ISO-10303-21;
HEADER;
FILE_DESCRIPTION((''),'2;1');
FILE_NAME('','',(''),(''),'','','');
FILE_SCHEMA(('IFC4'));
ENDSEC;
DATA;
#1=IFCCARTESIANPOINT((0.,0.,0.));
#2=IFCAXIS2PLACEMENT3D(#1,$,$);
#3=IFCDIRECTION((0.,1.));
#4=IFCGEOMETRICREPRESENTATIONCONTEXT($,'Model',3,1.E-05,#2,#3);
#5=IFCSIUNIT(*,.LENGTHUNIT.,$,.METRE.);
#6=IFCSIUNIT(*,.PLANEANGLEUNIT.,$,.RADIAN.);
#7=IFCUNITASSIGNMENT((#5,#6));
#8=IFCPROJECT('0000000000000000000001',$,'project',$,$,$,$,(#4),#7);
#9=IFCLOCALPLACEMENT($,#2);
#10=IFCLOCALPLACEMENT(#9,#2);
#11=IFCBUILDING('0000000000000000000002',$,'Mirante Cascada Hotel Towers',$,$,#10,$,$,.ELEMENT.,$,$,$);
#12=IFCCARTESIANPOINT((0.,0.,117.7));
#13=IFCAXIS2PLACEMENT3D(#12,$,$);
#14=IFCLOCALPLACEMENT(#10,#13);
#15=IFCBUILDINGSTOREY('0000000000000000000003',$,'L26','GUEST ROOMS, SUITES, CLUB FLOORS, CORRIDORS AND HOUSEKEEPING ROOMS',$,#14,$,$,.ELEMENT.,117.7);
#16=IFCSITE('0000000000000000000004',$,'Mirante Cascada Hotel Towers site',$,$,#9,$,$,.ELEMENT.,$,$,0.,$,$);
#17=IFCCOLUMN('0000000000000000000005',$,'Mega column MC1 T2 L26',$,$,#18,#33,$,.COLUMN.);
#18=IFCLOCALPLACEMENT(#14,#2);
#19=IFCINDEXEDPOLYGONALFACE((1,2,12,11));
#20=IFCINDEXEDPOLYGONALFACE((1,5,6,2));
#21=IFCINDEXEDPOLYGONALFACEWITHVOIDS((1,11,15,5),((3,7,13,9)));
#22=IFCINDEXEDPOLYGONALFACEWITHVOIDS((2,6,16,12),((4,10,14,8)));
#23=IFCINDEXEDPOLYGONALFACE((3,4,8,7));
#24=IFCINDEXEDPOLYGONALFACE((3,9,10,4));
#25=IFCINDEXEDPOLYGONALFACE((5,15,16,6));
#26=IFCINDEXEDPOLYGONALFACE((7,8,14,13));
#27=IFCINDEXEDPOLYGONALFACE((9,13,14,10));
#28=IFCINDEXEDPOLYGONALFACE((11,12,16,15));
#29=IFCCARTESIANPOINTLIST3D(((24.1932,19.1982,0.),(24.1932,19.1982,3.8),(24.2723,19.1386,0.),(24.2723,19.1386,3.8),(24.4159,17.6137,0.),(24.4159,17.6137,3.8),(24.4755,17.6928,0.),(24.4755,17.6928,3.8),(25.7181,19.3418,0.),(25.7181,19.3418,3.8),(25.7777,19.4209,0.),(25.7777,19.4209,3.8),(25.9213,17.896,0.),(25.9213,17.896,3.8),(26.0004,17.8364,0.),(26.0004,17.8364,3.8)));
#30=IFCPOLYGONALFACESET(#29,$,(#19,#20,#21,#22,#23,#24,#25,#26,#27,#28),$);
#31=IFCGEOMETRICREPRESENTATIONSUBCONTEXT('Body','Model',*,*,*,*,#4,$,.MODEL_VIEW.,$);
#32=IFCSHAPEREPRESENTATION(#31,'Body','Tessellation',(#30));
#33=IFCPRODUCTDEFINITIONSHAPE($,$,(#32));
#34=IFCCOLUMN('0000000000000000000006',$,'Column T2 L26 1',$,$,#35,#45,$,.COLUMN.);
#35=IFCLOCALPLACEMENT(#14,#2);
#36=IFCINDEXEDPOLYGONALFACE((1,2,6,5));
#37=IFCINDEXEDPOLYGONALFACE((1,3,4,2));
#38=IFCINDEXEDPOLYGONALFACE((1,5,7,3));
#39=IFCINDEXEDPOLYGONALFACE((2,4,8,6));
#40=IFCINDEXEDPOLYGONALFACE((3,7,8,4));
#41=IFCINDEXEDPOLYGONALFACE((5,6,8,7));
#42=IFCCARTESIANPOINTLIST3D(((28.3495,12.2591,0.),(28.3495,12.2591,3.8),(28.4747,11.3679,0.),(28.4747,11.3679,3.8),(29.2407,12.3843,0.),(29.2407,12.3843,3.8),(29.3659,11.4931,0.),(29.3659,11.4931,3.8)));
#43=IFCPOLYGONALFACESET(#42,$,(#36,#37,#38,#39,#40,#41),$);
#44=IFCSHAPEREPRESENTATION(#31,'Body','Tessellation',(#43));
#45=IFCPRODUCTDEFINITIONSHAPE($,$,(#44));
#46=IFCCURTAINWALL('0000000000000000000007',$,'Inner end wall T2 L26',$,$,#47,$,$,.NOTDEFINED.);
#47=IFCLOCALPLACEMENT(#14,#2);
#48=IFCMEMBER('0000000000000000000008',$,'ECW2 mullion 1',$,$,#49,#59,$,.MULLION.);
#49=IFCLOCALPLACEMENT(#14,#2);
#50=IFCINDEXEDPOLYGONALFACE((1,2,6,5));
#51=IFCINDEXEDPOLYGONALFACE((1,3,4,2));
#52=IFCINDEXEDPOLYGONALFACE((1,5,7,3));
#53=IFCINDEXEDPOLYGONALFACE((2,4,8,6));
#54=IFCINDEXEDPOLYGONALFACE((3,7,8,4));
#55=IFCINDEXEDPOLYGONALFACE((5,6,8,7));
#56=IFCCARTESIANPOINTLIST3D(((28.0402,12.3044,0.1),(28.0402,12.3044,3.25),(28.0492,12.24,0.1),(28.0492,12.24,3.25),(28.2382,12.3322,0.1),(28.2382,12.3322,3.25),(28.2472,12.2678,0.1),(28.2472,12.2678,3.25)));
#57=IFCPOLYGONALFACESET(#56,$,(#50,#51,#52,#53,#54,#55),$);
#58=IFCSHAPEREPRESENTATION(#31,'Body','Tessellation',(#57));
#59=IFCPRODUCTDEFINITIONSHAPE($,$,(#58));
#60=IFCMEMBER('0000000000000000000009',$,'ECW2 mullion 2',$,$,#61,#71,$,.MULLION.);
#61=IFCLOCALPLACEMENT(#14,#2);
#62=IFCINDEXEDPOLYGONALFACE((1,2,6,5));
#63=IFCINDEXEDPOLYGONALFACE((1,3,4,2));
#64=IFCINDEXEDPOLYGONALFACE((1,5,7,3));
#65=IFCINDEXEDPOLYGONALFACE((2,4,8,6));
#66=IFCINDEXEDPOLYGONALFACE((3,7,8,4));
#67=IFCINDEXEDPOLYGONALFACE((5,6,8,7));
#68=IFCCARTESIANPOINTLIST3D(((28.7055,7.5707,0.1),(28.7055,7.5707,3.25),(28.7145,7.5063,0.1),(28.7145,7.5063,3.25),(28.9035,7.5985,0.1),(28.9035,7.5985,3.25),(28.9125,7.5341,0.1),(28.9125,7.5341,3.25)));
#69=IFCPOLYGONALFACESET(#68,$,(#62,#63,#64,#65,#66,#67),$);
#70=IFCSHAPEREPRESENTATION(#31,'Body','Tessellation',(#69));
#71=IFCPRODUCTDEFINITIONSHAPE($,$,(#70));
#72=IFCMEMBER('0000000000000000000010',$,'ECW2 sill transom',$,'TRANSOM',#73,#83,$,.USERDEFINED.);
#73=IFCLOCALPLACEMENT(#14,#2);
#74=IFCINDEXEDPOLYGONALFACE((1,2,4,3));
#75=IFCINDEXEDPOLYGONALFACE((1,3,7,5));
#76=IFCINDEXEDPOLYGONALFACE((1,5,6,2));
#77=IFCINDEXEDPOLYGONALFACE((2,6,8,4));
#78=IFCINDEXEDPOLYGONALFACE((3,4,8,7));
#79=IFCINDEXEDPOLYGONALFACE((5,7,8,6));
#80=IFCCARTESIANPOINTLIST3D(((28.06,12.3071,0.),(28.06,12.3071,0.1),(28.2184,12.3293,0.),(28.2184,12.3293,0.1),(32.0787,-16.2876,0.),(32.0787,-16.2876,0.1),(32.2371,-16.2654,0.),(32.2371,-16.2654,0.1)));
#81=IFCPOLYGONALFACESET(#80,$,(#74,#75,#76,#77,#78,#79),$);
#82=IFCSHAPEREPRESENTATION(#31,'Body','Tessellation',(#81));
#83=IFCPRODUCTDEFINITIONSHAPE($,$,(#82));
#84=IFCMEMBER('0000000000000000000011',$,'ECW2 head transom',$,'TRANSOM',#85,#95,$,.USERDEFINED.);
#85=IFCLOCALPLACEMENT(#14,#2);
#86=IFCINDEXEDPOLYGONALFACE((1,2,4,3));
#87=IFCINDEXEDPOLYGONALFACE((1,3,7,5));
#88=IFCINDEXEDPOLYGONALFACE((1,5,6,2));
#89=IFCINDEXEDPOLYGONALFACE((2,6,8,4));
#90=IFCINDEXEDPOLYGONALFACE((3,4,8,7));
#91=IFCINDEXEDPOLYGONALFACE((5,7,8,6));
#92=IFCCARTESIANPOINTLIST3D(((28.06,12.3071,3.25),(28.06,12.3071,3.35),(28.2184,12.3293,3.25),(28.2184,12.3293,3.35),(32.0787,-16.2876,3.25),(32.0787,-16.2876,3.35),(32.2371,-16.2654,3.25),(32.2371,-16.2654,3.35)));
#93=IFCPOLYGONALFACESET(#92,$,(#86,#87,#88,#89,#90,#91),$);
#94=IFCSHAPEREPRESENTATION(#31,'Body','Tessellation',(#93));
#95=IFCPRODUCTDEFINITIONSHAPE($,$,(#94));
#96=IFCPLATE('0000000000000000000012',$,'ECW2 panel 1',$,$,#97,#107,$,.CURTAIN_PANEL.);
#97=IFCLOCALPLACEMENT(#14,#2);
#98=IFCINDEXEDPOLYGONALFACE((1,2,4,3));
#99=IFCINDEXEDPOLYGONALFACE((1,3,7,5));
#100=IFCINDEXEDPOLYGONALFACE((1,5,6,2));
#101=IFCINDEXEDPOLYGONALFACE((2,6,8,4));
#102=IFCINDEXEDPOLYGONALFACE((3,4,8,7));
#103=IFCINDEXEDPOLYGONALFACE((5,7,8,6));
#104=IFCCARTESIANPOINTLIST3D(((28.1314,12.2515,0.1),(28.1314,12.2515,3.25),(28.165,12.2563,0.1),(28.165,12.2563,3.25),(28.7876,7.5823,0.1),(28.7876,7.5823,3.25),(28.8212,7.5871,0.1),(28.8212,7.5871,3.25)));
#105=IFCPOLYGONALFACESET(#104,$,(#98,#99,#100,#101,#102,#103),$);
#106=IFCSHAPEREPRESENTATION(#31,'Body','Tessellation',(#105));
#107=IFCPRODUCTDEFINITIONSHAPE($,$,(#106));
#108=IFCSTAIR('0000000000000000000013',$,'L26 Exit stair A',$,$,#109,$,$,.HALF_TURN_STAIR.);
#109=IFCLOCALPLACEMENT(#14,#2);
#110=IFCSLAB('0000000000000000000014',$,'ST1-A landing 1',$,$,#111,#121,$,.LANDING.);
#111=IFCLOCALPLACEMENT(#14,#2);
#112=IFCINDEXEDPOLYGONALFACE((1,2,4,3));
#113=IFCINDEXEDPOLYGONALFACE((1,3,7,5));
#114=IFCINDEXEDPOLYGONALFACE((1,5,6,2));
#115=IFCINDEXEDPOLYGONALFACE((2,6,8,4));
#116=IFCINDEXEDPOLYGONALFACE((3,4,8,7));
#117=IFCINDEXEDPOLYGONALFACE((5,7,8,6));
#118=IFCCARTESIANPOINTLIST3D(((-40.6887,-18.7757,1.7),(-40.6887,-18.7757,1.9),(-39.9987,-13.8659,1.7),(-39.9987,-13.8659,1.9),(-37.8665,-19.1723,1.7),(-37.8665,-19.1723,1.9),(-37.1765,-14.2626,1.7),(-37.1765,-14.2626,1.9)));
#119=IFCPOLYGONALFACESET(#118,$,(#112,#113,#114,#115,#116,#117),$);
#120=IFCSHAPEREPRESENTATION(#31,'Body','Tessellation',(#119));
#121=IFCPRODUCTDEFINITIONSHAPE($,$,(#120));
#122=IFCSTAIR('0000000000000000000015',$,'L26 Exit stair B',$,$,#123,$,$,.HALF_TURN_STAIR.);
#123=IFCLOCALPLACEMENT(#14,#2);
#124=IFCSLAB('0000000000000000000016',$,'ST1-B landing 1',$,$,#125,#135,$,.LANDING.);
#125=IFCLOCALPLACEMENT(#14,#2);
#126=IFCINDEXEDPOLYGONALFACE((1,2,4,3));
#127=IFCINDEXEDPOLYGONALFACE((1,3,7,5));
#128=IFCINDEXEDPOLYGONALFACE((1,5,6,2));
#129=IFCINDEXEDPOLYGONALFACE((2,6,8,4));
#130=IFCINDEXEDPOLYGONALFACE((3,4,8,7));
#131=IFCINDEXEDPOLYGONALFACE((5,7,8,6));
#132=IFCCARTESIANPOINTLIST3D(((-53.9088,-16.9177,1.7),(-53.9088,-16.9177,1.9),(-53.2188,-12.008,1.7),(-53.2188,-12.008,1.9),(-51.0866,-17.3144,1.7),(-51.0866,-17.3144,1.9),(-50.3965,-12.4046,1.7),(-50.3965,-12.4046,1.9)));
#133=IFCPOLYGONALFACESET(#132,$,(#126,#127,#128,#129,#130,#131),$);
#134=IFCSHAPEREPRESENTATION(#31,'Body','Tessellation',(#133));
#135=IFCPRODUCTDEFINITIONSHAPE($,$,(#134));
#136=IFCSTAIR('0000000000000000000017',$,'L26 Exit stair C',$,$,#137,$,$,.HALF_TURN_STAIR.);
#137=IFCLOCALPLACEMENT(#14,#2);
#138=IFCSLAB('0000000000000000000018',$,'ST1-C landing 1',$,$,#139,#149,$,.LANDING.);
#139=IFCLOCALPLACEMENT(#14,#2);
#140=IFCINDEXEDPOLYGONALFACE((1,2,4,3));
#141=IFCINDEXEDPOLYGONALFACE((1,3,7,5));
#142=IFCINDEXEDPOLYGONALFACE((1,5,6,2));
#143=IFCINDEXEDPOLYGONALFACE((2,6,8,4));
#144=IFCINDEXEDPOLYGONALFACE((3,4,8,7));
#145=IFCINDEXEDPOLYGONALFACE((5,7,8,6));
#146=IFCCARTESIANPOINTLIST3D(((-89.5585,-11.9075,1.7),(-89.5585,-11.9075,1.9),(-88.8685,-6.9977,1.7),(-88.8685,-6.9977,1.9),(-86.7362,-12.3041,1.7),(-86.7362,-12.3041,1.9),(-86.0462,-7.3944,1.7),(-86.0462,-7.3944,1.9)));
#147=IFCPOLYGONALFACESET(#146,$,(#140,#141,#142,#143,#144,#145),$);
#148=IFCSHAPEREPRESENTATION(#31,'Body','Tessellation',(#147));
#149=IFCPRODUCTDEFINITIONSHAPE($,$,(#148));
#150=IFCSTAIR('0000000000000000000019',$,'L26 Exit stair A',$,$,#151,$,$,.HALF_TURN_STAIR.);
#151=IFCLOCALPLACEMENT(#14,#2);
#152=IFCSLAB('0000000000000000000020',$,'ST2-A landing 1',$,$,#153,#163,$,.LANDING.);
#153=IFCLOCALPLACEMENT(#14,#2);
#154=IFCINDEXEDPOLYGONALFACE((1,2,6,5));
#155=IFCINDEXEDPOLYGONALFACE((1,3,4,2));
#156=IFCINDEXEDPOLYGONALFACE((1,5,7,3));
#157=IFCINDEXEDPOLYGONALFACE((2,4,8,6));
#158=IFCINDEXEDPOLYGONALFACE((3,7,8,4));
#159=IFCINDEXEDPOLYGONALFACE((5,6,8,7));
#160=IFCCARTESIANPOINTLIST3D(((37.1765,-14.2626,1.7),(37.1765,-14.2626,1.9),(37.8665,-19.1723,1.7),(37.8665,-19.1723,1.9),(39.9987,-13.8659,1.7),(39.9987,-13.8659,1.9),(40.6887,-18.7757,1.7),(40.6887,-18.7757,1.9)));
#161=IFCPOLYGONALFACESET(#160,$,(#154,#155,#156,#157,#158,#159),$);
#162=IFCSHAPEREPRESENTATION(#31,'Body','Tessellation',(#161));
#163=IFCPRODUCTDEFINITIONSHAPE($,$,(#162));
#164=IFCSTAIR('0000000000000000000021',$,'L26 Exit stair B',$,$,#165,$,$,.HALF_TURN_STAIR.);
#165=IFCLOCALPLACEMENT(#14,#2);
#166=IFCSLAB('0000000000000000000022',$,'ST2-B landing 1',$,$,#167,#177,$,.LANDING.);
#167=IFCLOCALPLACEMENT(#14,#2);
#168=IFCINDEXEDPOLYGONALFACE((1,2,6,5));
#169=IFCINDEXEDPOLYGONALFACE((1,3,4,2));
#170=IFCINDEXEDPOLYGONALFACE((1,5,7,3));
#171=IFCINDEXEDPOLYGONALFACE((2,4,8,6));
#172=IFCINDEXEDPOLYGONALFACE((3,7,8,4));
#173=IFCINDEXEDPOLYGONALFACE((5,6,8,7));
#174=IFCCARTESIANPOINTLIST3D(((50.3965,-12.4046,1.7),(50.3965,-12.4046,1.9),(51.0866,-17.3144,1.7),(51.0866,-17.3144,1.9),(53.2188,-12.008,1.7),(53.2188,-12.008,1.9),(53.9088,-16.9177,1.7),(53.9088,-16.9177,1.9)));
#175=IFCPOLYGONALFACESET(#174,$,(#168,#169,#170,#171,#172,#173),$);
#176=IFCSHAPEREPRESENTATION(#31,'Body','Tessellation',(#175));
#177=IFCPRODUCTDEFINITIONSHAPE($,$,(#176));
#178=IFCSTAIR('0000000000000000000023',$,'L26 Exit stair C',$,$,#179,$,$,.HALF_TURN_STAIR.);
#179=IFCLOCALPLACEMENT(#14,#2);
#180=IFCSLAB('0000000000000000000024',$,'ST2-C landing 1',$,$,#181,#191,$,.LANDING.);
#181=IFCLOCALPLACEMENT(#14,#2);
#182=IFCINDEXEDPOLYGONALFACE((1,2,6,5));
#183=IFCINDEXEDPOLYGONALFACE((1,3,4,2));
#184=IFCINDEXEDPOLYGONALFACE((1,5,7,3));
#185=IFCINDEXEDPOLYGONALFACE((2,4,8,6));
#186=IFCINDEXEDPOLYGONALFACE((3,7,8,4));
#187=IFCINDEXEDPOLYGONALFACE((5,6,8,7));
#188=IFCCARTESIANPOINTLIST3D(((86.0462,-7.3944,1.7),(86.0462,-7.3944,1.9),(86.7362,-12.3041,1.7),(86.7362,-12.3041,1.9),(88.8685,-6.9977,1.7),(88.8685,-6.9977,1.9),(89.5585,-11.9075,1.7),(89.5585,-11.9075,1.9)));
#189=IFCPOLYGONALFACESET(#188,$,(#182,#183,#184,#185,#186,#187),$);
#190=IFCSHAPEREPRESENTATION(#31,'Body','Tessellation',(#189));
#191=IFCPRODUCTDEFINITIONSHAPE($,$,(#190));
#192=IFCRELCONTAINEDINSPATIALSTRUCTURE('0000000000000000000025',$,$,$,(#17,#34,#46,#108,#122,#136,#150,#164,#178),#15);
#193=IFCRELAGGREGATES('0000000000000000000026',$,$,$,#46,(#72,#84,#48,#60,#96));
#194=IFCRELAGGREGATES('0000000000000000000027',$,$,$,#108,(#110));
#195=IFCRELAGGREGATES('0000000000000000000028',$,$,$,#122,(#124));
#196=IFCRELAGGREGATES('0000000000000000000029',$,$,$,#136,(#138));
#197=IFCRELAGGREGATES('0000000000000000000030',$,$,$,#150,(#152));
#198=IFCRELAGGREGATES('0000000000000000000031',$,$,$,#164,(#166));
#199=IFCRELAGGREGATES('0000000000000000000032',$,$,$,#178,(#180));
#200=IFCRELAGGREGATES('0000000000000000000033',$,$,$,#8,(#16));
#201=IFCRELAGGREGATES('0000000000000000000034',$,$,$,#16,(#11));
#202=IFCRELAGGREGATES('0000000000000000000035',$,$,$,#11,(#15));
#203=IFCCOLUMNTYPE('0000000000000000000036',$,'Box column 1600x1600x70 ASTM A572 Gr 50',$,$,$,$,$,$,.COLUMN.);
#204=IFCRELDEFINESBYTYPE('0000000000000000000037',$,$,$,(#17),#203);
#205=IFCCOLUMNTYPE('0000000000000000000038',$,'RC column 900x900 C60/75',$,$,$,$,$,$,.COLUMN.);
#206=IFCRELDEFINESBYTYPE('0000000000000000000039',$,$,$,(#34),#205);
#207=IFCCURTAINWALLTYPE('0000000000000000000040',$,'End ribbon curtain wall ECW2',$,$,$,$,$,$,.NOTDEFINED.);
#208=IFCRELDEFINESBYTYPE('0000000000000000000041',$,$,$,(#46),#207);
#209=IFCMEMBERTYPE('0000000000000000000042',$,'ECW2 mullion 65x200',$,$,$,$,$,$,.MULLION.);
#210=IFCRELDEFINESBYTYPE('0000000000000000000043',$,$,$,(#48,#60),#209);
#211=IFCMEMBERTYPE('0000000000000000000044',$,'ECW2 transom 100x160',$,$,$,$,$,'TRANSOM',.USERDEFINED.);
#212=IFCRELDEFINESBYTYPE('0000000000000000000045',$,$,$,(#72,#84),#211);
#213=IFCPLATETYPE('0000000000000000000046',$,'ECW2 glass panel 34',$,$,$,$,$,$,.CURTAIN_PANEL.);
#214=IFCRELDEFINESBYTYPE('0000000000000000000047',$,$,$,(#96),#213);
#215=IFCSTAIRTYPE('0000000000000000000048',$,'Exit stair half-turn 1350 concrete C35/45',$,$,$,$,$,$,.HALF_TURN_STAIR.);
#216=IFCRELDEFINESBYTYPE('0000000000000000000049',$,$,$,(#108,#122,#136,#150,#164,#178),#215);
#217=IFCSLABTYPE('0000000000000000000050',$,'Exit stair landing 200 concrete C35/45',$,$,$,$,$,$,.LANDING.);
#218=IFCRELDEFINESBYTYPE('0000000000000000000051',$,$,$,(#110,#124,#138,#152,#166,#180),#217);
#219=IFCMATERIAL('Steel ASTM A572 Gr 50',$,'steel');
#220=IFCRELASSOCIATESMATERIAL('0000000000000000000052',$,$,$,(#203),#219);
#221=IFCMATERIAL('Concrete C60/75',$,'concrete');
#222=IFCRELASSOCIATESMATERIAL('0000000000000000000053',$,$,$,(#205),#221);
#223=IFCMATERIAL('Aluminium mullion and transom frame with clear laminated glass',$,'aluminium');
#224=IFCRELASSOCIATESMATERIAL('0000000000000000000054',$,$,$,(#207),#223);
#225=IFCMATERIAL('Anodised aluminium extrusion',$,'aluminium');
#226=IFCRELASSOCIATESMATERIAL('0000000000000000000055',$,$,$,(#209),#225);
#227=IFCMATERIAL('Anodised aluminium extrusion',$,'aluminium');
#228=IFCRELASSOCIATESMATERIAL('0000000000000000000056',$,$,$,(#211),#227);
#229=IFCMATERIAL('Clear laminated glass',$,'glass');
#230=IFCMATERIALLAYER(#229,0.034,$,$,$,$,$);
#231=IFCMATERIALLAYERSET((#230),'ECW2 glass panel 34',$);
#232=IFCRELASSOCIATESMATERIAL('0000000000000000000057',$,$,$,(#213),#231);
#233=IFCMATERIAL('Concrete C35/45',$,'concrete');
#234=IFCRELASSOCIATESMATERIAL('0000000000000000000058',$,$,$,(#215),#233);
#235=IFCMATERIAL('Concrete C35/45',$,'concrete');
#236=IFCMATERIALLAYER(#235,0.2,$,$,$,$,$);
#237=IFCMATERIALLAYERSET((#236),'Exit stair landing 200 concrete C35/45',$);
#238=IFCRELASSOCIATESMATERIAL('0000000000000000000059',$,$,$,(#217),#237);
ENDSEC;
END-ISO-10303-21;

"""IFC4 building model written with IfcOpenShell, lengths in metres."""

from ifc_helpers import new_model, si_unit, direction, frame, origin, origin_2d, place, context, subcontext, project, spatial, polyline, rectangle, hollow_rectangle, outline, extrude, material, layer, layer_set, material_profile, profile_set, type_object, element, aggregate, save


model = new_model("IFC4")

# Units and contexts
model_context = context("Model", 3, precision=1e-05, world=origin(), true_north=direction((0.0, 1.0)))
body_context = subcontext(model_context, "Body", "Model", "MODEL_VIEW")
ifc_project = project(units=[si_unit("LENGTHUNIT", "METRE"), si_unit("PLANEANGLEUNIT", "RADIAN")], contexts=[model_context])

# Site, building, storey
site_placement = place(None, origin())
site = spatial("IfcSite", under=ifc_project, at=site_placement, Name="Mirante Cascada Hotel Towers site", CompositionType="ELEMENT", RefElevation=0.0)
building_placement = place(site_placement, origin())
building = spatial("IfcBuilding", under=site, at=building_placement, Name="Mirante Cascada Hotel Towers", CompositionType="ELEMENT")
storey_placement = place(building_placement, frame((0.0, 0.0, 117.7)))
storey = spatial("IfcBuildingStorey", under=building, at=storey_placement, Name="L26", Description="GUEST ROOMS, SUITES, CLUB FLOORS, CORRIDORS AND HOUSEKEEPING ROOMS", CompositionType="ELEMENT", Elevation=117.7)

# Columns
ifc_material_1 = material(Name="Steel ASTM A572 Gr 50", Category="steel")
ifc_material_profile_1 = material_profile(ifc_material_1, hollow_rectangle(XDim=1.6, YDim=1.6, WallThickness=0.07, at=origin_2d()), Name="Box column 1600x1600x70 ASTM A572 Gr 50")
ifc_profile_set_1 = profile_set([ifc_material_profile_1], Name="Steel ASTM A572 Gr 50")
column_type_1 = type_object("IfcColumnType", Name="Box column 1600x1600x70 ASTM A572 Gr 50", PredefinedType="COLUMN", material=ifc_profile_set_1)
column_1_placement = place(storey_placement, frame((25.0968, 18.5173, 0.0), z_axis=(0.0, 0.0, 1.0), x_axis=(0.990268, 0.139173, 0.0)))
element("IfcColumn", 1, at=column_1_placement, inside=storey, type_object=column_type_1, Name="Mega column MC1 T2 L26", PredefinedType="COLUMN", context=body_context, shape_type="SweptSolid", body=[
    extrude(hollow_rectangle(XDim=1.6, YDim=1.6, WallThickness=0.07, at=origin_2d()), origin(), (0.0, 0.0, 1.0), 3.8),
])
ifc_material_2 = material(Name="Concrete C60/75", Category="concrete")
ifc_material_profile_2 = material_profile(ifc_material_2, rectangle(XDim=0.9, YDim=0.9, at=origin_2d()), Name="RC column 900x900 C60/75")
ifc_profile_set_2 = profile_set([ifc_material_profile_2], Name="Concrete C60/75")
column_type_2 = type_object("IfcColumnType", Name="RC column 900x900 C60/75", PredefinedType="COLUMN", material=ifc_profile_set_2)
column_2_placement = place(storey_placement, frame((28.8577, 11.8761, 0.0), z_axis=(0.0, 0.0, 1.0), x_axis=(0.990268, 0.139173, 0.0)))
element("IfcColumn", 2, at=column_2_placement, inside=storey, type_object=column_type_2, Name="Column T2 L26 1", PredefinedType="COLUMN", context=body_context, shape_type="SweptSolid", body=[
    extrude(rectangle(XDim=0.9, YDim=0.9, at=origin_2d()), origin(), (0.0, 0.0, 1.0), 3.8),
])

# Curtain wall, members, plate
ifc_material_3 = material(Name="Aluminium mullion and transom frame with clear laminated glass", Category="aluminium")
curtain_wall_type = type_object("IfcCurtainWallType", Name="End ribbon curtain wall ECW2", PredefinedType="NOTDEFINED", material=ifc_material_3)
curtain_wall_placement = place(storey_placement, origin())
curtain_wall = element("IfcCurtainWall", 3, at=curtain_wall_placement, inside=storey, type_object=curtain_wall_type, Name="Inner end wall T2 L26", PredefinedType="NOTDEFINED")
ifc_material_4 = material(Name="Anodised aluminium extrusion", Category="aluminium")
ifc_material_profile_3 = material_profile(ifc_material_4, rectangle(XDim=0.2, YDim=0.065, at=origin_2d()), Name="ECW2 MULLION 65x200")
ifc_profile_set_3 = profile_set([ifc_material_profile_3], Name="Anodised aluminium extrusion")
member_type_1 = type_object("IfcMemberType", Name="ECW2 mullion 65x200", PredefinedType="MULLION", material=ifc_profile_set_3)
member_1_placement = place(storey_placement, frame((28.1437, 12.2861, 0.1), z_axis=(0.0, 0.0, 1.0), x_axis=(0.990268, 0.139173, 0.0)))
member_1 = element("IfcMember", 4, at=member_1_placement, type_object=member_type_1, Name="ECW2 mullion 1", PredefinedType="MULLION", context=body_context, shape_type="SweptSolid", body=[
    extrude(rectangle(XDim=0.2, YDim=0.065, at=origin_2d()), origin(), (0.0, 0.0, 1.0), 3.15),
])
member_2_placement = place(storey_placement, frame((28.809, 7.5524, 0.1), z_axis=(0.0, 0.0, 1.0), x_axis=(0.990268, 0.139173, 0.0)))
member_2 = element("IfcMember", 5, at=member_2_placement, type_object=member_type_1, Name="ECW2 mullion 2", PredefinedType="MULLION", context=body_context, shape_type="SweptSolid", body=[
    extrude(rectangle(XDim=0.2, YDim=0.065, at=origin_2d()), origin(), (0.0, 0.0, 1.0), 3.15),
])
ifc_material_5 = material(Name="Anodised aluminium extrusion", Category="aluminium")
ifc_material_profile_4 = material_profile(ifc_material_5, rectangle(XDim=0.16, YDim=0.1, at=origin_2d()), Name="ECW2 TRANSOM 100x160")
ifc_profile_set_4 = profile_set([ifc_material_profile_4], Name="Anodised aluminium extrusion")
member_type_2 = type_object("IfcMemberType", Name="ECW2 transom 100x160", ElementType="TRANSOM", PredefinedType="USERDEFINED", material=ifc_profile_set_4)
member_3_placement = place(storey_placement, frame((28.1392, 12.3182, 0.05), z_axis=(0.139172, -0.990268, 0.0), x_axis=(0.990268, 0.139172, 0.0)))
member_3 = element("IfcMember", 6, at=member_3_placement, type_object=member_type_2, Name="ECW2 sill transom", ObjectType="TRANSOM", PredefinedType="USERDEFINED", context=body_context, shape_type="SweptSolid", body=[
    extrude(rectangle(XDim=0.16, YDim=0.1, at=origin_2d()), origin(), (0.0, 0.0, 1.0), 28.8757),
])
member_4_placement = place(storey_placement, frame((28.1392, 12.3182, 3.3), z_axis=(0.139172, -0.990268, 0.0), x_axis=(0.990268, 0.139172, 0.0)))
member_4 = element("IfcMember", 7, at=member_4_placement, type_object=member_type_2, Name="ECW2 head transom", ObjectType="TRANSOM", PredefinedType="USERDEFINED", context=body_context, shape_type="SweptSolid", body=[
    extrude(rectangle(XDim=0.16, YDim=0.1, at=origin_2d()), origin(), (0.0, 0.0, 1.0), 28.8757),
])
ifc_material_6 = material(Name="Clear laminated glass", Category="glass")
ifc_layer_1 = layer(ifc_material_6, 0.034)
ifc_layer_set_1 = layer_set([ifc_layer_1], Name="ECW2 glass panel 34")
plate_type = type_object("IfcPlateType", Name="ECW2 glass panel 34", PredefinedType="CURTAIN_PANEL", material=ifc_layer_set_1)
plate_placement = place(storey_placement, frame((28.4763, 9.9193, 0.1), z_axis=(0.0, 0.0, 1.0), x_axis=(0.139173, -0.990268, 0.0)))
plate = element("IfcPlate", 8, at=plate_placement, type_object=plate_type, Name="ECW2 panel 1", PredefinedType="CURTAIN_PANEL", context=body_context, shape_type="SweptSolid", body=[
    extrude(rectangle(XDim=4.7151, YDim=0.034, at=origin_2d()), origin(), (0.0, 0.0, 1.0), 3.15),
])
aggregate(curtain_wall, [member_3, member_4, member_1, member_2, plate])

# Stairs, slabs
ifc_material_7 = material(Name="Concrete C35/45", Category="concrete")
stair_type = type_object("IfcStairType", Name="Exit stair half-turn 1350 concrete C35/45", PredefinedType="HALF_TURN_STAIR", material=ifc_material_7)
stair_1_placement = place(storey_placement, origin())
stair_1 = element("IfcStair", 9, at=stair_1_placement, inside=storey, type_object=stair_type, Name="L26 Exit stair A", PredefinedType="HALF_TURN_STAIR")
ifc_material_8 = material(Name="Concrete C35/45", Category="concrete")
ifc_layer_2 = layer(ifc_material_8, 0.2)
ifc_layer_set_2 = layer_set([ifc_layer_2], Name="Exit stair landing 200 concrete C35/45")
slab_type = type_object("IfcSlabType", Name="Exit stair landing 200 concrete C35/45", PredefinedType="LANDING", material=ifc_layer_set_2)
slab_1_placement = place(storey_placement, frame((0.0, 0.0, 1.7)))
slab_1 = element("IfcSlab", 10, at=slab_1_placement, type_object=slab_type, Name="ST1-A landing 1", PredefinedType="LANDING", context=body_context, shape_type="SweptSolid", body=[
    extrude(outline(polyline([(-39.9987, -13.8659), (-40.6887, -18.7757), (-37.8665, -19.1723), (-37.1765, -14.2626), (-39.9987, -13.8659)])), origin(), (0.0, 0.0, 1.0), 0.2),
])
aggregate(stair_1, [slab_1])
stair_2_placement = place(storey_placement, origin())
stair_2 = element("IfcStair", 11, at=stair_2_placement, inside=storey, type_object=stair_type, Name="L26 Exit stair B", PredefinedType="HALF_TURN_STAIR")
slab_2_placement = place(storey_placement, frame((0.0, 0.0, 1.7)))
slab_2 = element("IfcSlab", 12, at=slab_2_placement, type_object=slab_type, Name="ST1-B landing 1", PredefinedType="LANDING", context=body_context, shape_type="SweptSolid", body=[
    extrude(outline(polyline([(-53.2188, -12.008), (-53.9088, -16.9177), (-51.0866, -17.3144), (-50.3965, -12.4046), (-53.2188, -12.008)])), origin(), (0.0, 0.0, 1.0), 0.2),
])
aggregate(stair_2, [slab_2])
stair_3_placement = place(storey_placement, origin())
stair_3 = element("IfcStair", 13, at=stair_3_placement, inside=storey, type_object=stair_type, Name="L26 Exit stair C", PredefinedType="HALF_TURN_STAIR")
slab_3_placement = place(storey_placement, frame((0.0, 0.0, 1.7)))
slab_3 = element("IfcSlab", 14, at=slab_3_placement, type_object=slab_type, Name="ST1-C landing 1", PredefinedType="LANDING", context=body_context, shape_type="SweptSolid", body=[
    extrude(outline(polyline([(-88.8685, -6.9977), (-89.5585, -11.9075), (-86.7362, -12.3041), (-86.0462, -7.3944), (-88.8685, -6.9977)])), origin(), (0.0, 0.0, 1.0), 0.2),
])
aggregate(stair_3, [slab_3])
stair_4_placement = place(storey_placement, origin())
stair_4 = element("IfcStair", 15, at=stair_4_placement, inside=storey, type_object=stair_type, Name="L26 Exit stair A", PredefinedType="HALF_TURN_STAIR")
slab_4_placement = place(storey_placement, frame((0.0, 0.0, 1.7)))
slab_4 = element("IfcSlab", 16, at=slab_4_placement, type_object=slab_type, Name="ST2-A landing 1", PredefinedType="LANDING", context=body_context, shape_type="SweptSolid", body=[
    extrude(outline(polyline([(37.1765, -14.2626), (37.8665, -19.1723), (40.6887, -18.7757), (39.9987, -13.8659), (37.1765, -14.2626)])), origin(), (0.0, 0.0, 1.0), 0.2),
])
aggregate(stair_4, [slab_4])
stair_5_placement = place(storey_placement, origin())
stair_5 = element("IfcStair", 17, at=stair_5_placement, inside=storey, type_object=stair_type, Name="L26 Exit stair B", PredefinedType="HALF_TURN_STAIR")
slab_5_placement = place(storey_placement, frame((0.0, 0.0, 1.7)))
slab_5 = element("IfcSlab", 18, at=slab_5_placement, type_object=slab_type, Name="ST2-B landing 1", PredefinedType="LANDING", context=body_context, shape_type="SweptSolid", body=[
    extrude(outline(polyline([(50.3965, -12.4046), (51.0866, -17.3144), (53.9088, -16.9177), (53.2188, -12.008), (50.3965, -12.4046)])), origin(), (0.0, 0.0, 1.0), 0.2),
])
aggregate(stair_5, [slab_5])
stair_6_placement = place(storey_placement, origin())
stair_6 = element("IfcStair", 19, at=stair_6_placement, inside=storey, type_object=stair_type, Name="L26 Exit stair C", PredefinedType="HALF_TURN_STAIR")
slab_6_placement = place(storey_placement, frame((0.0, 0.0, 1.7)))
slab_6 = element("IfcSlab", 20, at=slab_6_placement, type_object=slab_type, Name="ST2-C landing 1", PredefinedType="LANDING", context=body_context, shape_type="SweptSolid", body=[
    extrude(outline(polyline([(86.0462, -7.3944), (86.7362, -12.3041), (89.5585, -11.9075), (88.8685, -6.9977), (86.0462, -7.3944)])), origin(), (0.0, 0.0, 1.0), 0.2),
])
aggregate(stair_6, [slab_6])

save(model, "model.ifc")
